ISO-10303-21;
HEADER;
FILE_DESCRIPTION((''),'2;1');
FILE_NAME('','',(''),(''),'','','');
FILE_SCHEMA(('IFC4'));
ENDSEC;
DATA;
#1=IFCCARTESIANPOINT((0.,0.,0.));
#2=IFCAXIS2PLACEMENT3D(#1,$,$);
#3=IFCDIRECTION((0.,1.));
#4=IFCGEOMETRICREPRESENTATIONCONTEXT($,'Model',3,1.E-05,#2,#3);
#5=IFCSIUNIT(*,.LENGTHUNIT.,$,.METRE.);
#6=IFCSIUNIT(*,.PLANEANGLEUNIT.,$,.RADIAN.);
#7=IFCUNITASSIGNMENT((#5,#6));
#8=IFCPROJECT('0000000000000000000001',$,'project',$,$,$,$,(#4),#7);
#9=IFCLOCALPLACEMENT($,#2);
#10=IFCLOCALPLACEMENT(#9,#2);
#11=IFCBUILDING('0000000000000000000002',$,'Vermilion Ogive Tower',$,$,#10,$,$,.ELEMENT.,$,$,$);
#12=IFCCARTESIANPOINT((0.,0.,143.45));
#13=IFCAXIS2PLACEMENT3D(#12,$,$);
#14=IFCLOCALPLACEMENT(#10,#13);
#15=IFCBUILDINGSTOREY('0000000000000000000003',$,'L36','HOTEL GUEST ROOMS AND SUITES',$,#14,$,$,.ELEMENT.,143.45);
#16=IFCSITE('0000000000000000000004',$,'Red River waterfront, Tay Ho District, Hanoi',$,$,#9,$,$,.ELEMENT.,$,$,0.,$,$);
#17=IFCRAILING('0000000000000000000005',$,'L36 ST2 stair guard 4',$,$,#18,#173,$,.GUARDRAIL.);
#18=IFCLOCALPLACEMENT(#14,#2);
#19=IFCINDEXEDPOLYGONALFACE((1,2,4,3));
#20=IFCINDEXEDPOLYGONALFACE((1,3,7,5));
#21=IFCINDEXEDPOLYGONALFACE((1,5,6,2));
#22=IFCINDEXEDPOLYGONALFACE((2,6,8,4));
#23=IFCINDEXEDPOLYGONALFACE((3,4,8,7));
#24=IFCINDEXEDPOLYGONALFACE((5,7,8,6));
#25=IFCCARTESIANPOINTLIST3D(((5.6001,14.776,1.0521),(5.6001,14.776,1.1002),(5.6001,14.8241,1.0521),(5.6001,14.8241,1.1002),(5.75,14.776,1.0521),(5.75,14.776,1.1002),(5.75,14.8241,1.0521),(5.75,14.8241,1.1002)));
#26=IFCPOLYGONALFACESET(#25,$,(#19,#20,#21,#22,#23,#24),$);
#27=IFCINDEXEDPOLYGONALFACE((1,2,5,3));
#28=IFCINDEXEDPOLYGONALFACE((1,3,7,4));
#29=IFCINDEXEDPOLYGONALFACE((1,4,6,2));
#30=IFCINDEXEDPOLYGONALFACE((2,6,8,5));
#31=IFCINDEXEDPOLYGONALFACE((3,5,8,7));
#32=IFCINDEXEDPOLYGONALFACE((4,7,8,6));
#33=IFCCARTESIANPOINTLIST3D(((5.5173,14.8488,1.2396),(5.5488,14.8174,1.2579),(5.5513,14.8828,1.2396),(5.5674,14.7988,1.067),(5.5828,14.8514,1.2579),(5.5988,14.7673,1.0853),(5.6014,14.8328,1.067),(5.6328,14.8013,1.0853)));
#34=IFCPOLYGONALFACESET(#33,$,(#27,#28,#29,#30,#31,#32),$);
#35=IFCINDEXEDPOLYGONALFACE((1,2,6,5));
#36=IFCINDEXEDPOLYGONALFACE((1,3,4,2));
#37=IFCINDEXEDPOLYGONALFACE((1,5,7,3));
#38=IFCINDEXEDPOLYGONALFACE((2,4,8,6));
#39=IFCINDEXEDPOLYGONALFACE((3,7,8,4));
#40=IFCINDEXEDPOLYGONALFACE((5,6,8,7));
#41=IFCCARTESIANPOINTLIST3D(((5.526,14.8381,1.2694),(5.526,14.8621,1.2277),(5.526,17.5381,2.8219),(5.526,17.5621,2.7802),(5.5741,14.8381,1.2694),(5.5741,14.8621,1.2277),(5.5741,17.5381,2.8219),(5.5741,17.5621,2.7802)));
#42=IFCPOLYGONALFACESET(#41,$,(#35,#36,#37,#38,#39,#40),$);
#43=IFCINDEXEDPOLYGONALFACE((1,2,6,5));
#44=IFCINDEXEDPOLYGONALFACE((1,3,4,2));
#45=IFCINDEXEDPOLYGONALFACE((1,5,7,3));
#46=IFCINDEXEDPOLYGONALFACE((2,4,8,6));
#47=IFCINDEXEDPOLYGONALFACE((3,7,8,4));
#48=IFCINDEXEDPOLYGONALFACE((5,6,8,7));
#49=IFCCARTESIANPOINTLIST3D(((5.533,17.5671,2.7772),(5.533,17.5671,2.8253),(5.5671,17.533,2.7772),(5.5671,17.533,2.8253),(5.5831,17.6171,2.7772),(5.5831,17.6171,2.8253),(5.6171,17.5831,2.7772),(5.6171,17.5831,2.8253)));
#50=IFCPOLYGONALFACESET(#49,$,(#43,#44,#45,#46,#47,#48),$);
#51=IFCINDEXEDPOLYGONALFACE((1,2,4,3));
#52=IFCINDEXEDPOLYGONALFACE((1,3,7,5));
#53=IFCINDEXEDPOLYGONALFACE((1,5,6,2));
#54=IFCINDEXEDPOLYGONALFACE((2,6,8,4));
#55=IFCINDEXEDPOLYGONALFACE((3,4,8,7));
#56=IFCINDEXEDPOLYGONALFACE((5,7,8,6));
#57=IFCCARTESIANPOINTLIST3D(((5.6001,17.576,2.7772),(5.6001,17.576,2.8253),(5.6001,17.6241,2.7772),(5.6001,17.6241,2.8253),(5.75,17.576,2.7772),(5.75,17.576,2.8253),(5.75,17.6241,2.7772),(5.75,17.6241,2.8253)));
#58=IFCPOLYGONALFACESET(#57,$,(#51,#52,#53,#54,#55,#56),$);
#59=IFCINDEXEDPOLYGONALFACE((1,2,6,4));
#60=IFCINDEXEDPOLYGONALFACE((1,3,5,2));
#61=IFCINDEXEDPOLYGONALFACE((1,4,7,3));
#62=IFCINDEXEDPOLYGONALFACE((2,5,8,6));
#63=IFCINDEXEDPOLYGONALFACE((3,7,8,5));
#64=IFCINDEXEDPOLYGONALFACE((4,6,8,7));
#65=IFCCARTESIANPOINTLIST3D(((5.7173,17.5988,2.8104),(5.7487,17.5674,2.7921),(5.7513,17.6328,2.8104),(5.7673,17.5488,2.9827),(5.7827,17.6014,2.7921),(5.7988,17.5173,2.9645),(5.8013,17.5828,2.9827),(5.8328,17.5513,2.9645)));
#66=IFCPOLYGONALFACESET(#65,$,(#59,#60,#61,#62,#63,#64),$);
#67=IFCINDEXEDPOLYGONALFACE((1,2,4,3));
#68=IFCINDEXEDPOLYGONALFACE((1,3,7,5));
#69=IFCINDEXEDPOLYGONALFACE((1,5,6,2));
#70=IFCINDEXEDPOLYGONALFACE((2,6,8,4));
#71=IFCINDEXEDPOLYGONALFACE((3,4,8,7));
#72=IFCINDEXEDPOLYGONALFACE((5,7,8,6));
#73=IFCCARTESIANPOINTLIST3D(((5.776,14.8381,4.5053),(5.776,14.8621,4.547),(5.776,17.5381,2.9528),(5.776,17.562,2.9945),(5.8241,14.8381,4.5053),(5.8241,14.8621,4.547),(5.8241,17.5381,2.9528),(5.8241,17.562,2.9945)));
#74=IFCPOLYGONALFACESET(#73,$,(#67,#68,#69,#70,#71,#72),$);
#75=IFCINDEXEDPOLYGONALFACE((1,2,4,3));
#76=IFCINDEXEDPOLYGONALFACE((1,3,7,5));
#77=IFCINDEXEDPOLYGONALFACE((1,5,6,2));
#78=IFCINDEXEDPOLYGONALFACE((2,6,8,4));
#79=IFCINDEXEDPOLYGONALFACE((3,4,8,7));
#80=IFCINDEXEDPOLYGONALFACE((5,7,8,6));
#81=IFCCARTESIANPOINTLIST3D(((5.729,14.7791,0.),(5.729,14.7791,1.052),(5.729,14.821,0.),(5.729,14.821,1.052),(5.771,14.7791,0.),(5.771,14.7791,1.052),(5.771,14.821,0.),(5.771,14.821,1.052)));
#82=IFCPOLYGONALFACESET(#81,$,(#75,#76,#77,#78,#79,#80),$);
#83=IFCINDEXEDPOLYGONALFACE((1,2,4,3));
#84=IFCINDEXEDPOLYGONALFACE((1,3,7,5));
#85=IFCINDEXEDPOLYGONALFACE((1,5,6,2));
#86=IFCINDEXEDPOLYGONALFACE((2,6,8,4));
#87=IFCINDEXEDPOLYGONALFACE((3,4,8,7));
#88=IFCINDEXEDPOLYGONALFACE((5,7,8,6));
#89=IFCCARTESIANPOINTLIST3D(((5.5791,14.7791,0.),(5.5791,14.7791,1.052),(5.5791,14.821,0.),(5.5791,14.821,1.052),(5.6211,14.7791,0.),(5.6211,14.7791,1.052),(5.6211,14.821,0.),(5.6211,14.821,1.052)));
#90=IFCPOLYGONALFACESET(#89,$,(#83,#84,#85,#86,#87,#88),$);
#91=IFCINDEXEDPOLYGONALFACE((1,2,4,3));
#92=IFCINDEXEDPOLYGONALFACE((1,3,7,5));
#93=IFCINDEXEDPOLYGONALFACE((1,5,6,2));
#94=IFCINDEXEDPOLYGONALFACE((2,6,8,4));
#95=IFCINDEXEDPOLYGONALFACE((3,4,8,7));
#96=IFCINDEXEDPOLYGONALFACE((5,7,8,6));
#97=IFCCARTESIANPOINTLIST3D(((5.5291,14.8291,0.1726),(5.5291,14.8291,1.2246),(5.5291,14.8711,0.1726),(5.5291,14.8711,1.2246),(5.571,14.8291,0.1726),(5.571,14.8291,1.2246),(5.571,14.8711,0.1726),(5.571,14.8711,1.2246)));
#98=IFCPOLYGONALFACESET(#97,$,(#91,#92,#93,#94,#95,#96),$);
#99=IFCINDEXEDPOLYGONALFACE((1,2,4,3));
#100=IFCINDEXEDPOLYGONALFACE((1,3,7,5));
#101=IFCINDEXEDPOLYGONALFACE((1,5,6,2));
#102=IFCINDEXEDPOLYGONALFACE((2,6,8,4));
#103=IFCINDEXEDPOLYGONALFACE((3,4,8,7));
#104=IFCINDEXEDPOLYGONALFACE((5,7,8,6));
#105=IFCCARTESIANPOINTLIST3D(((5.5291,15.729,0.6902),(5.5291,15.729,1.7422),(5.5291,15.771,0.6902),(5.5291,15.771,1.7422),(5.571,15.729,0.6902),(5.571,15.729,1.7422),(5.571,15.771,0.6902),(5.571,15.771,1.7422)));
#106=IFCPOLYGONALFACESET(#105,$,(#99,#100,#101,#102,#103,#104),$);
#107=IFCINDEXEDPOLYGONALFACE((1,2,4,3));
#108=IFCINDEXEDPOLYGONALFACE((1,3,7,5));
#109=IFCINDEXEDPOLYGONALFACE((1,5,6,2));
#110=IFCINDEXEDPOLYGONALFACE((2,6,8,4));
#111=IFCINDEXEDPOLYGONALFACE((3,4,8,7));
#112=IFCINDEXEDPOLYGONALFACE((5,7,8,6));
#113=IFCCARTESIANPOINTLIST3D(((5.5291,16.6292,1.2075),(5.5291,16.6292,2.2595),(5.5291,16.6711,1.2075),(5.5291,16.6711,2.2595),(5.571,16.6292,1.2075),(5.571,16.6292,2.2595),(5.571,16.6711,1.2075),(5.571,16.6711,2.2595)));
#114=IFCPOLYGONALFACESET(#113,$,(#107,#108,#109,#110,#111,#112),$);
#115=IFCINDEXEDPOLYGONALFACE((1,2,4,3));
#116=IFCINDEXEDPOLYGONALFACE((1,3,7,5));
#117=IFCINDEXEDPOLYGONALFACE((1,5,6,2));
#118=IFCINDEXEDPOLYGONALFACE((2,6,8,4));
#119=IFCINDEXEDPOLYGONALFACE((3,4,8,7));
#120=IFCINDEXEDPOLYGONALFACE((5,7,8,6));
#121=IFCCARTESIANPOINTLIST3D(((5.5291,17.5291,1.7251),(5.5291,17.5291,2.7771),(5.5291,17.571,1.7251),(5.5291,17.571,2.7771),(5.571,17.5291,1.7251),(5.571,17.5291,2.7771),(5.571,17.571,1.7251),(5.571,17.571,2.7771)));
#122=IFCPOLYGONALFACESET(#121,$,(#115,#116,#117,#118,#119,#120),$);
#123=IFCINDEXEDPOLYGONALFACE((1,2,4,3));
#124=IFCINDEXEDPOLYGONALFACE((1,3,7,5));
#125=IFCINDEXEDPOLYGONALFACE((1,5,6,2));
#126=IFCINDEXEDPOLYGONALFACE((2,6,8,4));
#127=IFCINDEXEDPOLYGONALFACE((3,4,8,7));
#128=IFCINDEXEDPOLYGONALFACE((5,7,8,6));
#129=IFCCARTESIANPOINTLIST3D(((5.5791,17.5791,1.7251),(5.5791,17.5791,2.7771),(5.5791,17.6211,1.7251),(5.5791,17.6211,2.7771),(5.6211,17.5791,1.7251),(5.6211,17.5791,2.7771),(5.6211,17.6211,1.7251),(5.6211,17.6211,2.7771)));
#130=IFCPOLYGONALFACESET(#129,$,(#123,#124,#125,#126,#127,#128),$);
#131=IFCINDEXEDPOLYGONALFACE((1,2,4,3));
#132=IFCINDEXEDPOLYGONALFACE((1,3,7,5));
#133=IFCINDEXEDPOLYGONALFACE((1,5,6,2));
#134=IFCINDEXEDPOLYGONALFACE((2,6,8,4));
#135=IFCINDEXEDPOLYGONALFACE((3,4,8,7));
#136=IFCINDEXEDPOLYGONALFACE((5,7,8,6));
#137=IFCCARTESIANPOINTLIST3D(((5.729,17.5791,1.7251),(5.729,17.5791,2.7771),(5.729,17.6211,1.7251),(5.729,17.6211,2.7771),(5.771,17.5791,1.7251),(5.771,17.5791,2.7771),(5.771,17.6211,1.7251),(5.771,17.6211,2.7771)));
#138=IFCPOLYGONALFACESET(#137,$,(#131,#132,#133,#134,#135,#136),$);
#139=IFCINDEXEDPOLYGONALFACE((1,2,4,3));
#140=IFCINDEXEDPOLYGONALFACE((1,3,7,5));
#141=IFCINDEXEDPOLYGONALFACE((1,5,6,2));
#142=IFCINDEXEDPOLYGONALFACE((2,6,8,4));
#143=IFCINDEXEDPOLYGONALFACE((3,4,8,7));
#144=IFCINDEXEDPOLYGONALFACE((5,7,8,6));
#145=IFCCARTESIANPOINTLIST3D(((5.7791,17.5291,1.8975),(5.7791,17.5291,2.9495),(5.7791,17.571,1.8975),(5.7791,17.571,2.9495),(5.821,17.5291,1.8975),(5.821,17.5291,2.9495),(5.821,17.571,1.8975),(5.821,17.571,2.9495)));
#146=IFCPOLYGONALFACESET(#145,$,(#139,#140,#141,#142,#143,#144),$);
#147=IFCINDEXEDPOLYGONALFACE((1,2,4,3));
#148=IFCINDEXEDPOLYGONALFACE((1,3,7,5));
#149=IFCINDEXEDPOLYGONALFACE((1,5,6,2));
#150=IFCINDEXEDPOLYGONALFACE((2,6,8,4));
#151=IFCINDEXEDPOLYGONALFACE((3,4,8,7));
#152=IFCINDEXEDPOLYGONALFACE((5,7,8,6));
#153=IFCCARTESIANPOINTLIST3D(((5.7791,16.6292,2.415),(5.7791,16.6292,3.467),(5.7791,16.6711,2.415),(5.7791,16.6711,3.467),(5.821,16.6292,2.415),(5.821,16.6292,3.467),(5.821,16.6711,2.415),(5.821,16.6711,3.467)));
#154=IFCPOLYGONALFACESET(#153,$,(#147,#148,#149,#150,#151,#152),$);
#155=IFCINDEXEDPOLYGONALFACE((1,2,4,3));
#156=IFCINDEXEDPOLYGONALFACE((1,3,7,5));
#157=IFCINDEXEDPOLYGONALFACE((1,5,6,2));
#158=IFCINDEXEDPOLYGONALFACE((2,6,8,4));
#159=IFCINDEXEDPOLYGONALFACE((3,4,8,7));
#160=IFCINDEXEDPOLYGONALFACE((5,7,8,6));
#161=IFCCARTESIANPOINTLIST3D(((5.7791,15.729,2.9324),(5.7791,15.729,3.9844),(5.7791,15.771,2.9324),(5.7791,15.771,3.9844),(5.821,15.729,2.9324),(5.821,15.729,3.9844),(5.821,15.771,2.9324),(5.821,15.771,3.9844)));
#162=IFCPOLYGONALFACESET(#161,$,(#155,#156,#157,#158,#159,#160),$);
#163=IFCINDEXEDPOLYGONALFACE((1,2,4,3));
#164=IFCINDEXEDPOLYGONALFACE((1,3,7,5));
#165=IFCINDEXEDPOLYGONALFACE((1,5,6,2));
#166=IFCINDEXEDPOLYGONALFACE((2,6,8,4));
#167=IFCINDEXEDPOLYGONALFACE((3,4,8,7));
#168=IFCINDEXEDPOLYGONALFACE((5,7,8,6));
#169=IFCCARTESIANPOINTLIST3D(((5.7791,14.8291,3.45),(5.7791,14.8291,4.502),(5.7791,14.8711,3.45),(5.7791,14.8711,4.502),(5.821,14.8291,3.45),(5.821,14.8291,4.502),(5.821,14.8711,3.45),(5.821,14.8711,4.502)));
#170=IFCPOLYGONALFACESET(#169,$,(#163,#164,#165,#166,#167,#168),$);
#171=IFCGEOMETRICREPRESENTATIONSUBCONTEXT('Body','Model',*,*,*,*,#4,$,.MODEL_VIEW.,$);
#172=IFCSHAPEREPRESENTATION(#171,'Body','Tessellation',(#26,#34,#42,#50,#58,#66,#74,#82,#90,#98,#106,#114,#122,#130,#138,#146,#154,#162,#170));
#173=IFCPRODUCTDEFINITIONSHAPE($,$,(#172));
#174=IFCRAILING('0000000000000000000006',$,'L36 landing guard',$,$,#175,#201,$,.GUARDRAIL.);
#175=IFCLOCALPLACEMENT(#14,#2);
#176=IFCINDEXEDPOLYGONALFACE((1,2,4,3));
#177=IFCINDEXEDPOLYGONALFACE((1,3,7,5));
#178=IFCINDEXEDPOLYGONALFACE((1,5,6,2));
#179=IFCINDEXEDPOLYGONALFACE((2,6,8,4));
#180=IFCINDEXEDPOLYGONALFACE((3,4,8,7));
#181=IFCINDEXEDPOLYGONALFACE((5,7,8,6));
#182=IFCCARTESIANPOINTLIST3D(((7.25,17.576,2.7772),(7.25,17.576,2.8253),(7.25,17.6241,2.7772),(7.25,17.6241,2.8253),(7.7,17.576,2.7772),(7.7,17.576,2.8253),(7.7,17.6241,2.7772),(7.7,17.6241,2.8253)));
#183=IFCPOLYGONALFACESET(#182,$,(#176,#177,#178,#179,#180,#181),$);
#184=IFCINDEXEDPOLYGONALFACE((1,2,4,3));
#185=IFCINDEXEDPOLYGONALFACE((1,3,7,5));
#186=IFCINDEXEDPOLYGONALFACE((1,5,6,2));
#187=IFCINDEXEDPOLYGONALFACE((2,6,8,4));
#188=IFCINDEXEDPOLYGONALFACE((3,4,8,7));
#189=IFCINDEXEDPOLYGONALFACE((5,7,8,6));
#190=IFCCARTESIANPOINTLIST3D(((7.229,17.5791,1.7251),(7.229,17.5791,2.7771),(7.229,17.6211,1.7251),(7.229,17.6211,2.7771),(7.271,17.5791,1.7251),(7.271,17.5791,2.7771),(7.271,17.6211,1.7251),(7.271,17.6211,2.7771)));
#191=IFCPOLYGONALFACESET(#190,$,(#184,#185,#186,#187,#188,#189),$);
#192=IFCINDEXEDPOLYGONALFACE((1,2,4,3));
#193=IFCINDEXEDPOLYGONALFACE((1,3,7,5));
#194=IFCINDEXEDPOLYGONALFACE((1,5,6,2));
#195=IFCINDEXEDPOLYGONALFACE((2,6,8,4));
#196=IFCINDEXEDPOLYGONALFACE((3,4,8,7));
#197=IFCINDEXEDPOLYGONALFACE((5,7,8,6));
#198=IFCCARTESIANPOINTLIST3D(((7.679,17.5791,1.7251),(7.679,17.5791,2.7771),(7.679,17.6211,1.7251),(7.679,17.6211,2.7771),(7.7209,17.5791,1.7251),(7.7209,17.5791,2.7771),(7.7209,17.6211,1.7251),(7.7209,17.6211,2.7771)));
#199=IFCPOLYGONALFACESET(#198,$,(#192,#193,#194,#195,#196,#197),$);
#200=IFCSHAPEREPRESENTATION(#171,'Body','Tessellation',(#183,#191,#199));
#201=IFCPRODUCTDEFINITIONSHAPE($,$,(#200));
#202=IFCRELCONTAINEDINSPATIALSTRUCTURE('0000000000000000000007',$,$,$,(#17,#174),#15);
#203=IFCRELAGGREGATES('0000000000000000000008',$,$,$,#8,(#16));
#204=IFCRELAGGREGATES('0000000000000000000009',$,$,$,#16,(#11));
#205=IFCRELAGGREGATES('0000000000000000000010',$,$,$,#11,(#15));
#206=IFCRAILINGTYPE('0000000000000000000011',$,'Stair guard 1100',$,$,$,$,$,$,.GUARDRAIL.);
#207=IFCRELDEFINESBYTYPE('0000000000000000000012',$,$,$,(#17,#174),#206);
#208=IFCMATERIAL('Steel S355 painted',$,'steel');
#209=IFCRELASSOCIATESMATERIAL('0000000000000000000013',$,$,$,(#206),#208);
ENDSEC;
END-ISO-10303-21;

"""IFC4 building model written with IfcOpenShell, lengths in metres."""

from ifc_helpers import new_model, si_unit, direction, frame, origin, origin_2d, place, context, subcontext, project, spatial, rectangle, extrude, material, type_object, element, save


model = new_model("IFC4")

# Units and contexts
model_context = context("Model", 3, precision=1e-05, world=origin(), true_north=direction((0.0, 1.0)))
body_context = subcontext(model_context, "Body", "Model", "MODEL_VIEW")
ifc_project = project(units=[si_unit("LENGTHUNIT", "METRE"), si_unit("PLANEANGLEUNIT", "RADIAN")], contexts=[model_context])

# Site, building, storey
site_placement = place(None, origin())
site = spatial("IfcSite", under=ifc_project, at=site_placement, Name="Red River waterfront, Tay Ho District, Hanoi", CompositionType="ELEMENT", RefElevation=0.0)
building_placement = place(site_placement, origin())
building = spatial("IfcBuilding", under=site, at=building_placement, Name="Vermilion Ogive Tower", CompositionType="ELEMENT")
storey_placement = place(building_placement, frame((0.0, 0.0, 143.45)))
storey = spatial("IfcBuildingStorey", under=building, at=storey_placement, Name="L36", Description="HOTEL GUEST ROOMS AND SUITES", CompositionType="ELEMENT", Elevation=143.45)

# Railings
ifc_material_1 = material(Name="Steel S355 painted", Category="steel")
railing_type_1 = type_object("IfcRailingType", Name="Stair guard 1100", PredefinedType="GUARDRAIL", material=ifc_material_1)
railing_1_placement = place(storey_placement, frame((5.75, 14.8, 0.0)))
element("IfcRailing", 1, at=railing_1_placement, inside=storey, type_object=railing_type_1, Name="L36 ST2 stair guard 4", PredefinedType="GUARDRAIL", context=body_context, shape_type="SweptSolid", body=[
    extrude(rectangle(XDim=0.0481, YDim=0.0481, at=origin_2d()), frame((0.0, 0.0, 1.0762), z_axis=(-1.0, 0.0, 0.0), x_axis=(0.0, -1.0, 0.0)), (0.0, 0.0, 1.0), 0.1499),
    extrude(rectangle(XDim=0.0481, YDim=0.0481, at=origin_2d()), frame((-0.1499, 0.0, 1.0762), z_axis=(-0.268278, 0.268278, 0.925232), x_axis=(-0.707107, -0.707107, 0.0)), (0.0, 0.0, 1.0), 0.1865),
    extrude(rectangle(XDim=0.0481, YDim=0.0481, at=origin_2d()), frame((-0.2, 0.05, 1.2485), z_axis=(0.0, 0.866904, 0.498476), x_axis=(-1.0, 0.0, 0.0)), (0.0, 0.0, 1.0), 3.1145),
    extrude(rectangle(XDim=0.0481, YDim=0.0481, at=origin_2d()), frame((-0.2, 2.75, 2.8013), z_axis=(0.707107, 0.707107, 0.0), x_axis=(-0.707107, 0.707107, 0.0)), (0.0, 0.0, 1.0), 0.0708),
    extrude(rectangle(XDim=0.0481, YDim=0.0481, at=origin_2d()), frame((-0.1499, 2.8, 2.8013), z_axis=(1.0, 0.0, 0.0), x_axis=(0.0, 1.0, 0.0)), (0.0, 0.0, 1.0), 0.1499),
    extrude(rectangle(XDim=0.0481, YDim=0.0481, at=origin_2d()), frame((0.0, 2.8, 2.8013), z_axis=(0.268603, -0.268603, 0.925043), x_axis=(0.707107, 0.707107, 0.0)), (0.0, 0.0, 1.0), 0.1863),
    extrude(rectangle(XDim=0.0481, YDim=0.0481, at=origin_2d()), frame((0.05, 2.75, 2.9736), z_axis=(0.0, -0.866904, 0.498476), x_axis=(1.0, 0.0, 0.0)), (0.0, 0.0, 1.0), 3.1145),
    extrude(rectangle(XDim=0.042, YDim=0.042, at=origin_2d()), origin(), (0.0, 0.0, 1.0), 1.052),
    extrude(rectangle(XDim=0.042, YDim=0.042, at=origin_2d()), frame((-0.1499, 0.0, 0.0)), (0.0, 0.0, 1.0), 1.052),
    extrude(rectangle(XDim=0.042, YDim=0.042, at=origin_2d()), frame((-0.2, 0.05, 0.1726)), (0.0, 0.0, 1.0), 1.052),
    extrude(rectangle(XDim=0.042, YDim=0.042, at=origin_2d()), frame((-0.2, 0.95, 0.6902)), (0.0, 0.0, 1.0), 1.052),
    extrude(rectangle(XDim=0.042, YDim=0.042, at=origin_2d()), frame((-0.2, 1.8501, 1.2075)), (0.0, 0.0, 1.0), 1.052),
    extrude(rectangle(XDim=0.042, YDim=0.042, at=origin_2d()), frame((-0.2, 2.75, 1.7251)), (0.0, 0.0, 1.0), 1.052),
    extrude(rectangle(XDim=0.042, YDim=0.042, at=origin_2d()), frame((-0.1499, 2.8, 1.7251)), (0.0, 0.0, 1.0), 1.052),
    extrude(rectangle(XDim=0.042, YDim=0.042, at=origin_2d()), frame((0.0, 2.8, 1.7251)), (0.0, 0.0, 1.0), 1.052),
    extrude(rectangle(XDim=0.042, YDim=0.042, at=origin_2d()), frame((0.05, 2.75, 1.8975)), (0.0, 0.0, 1.0), 1.052),
    extrude(rectangle(XDim=0.042, YDim=0.042, at=origin_2d()), frame((0.05, 1.8501, 2.415)), (0.0, 0.0, 1.0), 1.052),
    extrude(rectangle(XDim=0.042, YDim=0.042, at=origin_2d()), frame((0.05, 0.95, 2.9324)), (0.0, 0.0, 1.0), 1.052),
    extrude(rectangle(XDim=0.042, YDim=0.042, at=origin_2d()), frame((0.05, 0.05, 3.45)), (0.0, 0.0, 1.0), 1.052),
])
railing_2_placement = place(storey_placement, frame((7.25, 17.6001, 1.7251)))
element("IfcRailing", 2, at=railing_2_placement, inside=storey, type_object=railing_type_1, Name="L36 landing guard", PredefinedType="GUARDRAIL", context=body_context, shape_type="SweptSolid", body=[
    extrude(rectangle(XDim=0.0481, YDim=0.0481, at=origin_2d()), frame((0.0, 0.0, 1.0762), z_axis=(1.0, 0.0, 0.0), x_axis=(0.0, 1.0, 0.0)), (0.0, 0.0, 1.0), 0.45),
    extrude(rectangle(XDim=0.042, YDim=0.042, at=origin_2d()), origin(), (0.0, 0.0, 1.0), 1.052),
    extrude(rectangle(XDim=0.042, YDim=0.042, at=origin_2d()), frame((0.45, 0.0, 0.0)), (0.0, 0.0, 1.0), 1.052),
])

save(model, "model.ifc")
